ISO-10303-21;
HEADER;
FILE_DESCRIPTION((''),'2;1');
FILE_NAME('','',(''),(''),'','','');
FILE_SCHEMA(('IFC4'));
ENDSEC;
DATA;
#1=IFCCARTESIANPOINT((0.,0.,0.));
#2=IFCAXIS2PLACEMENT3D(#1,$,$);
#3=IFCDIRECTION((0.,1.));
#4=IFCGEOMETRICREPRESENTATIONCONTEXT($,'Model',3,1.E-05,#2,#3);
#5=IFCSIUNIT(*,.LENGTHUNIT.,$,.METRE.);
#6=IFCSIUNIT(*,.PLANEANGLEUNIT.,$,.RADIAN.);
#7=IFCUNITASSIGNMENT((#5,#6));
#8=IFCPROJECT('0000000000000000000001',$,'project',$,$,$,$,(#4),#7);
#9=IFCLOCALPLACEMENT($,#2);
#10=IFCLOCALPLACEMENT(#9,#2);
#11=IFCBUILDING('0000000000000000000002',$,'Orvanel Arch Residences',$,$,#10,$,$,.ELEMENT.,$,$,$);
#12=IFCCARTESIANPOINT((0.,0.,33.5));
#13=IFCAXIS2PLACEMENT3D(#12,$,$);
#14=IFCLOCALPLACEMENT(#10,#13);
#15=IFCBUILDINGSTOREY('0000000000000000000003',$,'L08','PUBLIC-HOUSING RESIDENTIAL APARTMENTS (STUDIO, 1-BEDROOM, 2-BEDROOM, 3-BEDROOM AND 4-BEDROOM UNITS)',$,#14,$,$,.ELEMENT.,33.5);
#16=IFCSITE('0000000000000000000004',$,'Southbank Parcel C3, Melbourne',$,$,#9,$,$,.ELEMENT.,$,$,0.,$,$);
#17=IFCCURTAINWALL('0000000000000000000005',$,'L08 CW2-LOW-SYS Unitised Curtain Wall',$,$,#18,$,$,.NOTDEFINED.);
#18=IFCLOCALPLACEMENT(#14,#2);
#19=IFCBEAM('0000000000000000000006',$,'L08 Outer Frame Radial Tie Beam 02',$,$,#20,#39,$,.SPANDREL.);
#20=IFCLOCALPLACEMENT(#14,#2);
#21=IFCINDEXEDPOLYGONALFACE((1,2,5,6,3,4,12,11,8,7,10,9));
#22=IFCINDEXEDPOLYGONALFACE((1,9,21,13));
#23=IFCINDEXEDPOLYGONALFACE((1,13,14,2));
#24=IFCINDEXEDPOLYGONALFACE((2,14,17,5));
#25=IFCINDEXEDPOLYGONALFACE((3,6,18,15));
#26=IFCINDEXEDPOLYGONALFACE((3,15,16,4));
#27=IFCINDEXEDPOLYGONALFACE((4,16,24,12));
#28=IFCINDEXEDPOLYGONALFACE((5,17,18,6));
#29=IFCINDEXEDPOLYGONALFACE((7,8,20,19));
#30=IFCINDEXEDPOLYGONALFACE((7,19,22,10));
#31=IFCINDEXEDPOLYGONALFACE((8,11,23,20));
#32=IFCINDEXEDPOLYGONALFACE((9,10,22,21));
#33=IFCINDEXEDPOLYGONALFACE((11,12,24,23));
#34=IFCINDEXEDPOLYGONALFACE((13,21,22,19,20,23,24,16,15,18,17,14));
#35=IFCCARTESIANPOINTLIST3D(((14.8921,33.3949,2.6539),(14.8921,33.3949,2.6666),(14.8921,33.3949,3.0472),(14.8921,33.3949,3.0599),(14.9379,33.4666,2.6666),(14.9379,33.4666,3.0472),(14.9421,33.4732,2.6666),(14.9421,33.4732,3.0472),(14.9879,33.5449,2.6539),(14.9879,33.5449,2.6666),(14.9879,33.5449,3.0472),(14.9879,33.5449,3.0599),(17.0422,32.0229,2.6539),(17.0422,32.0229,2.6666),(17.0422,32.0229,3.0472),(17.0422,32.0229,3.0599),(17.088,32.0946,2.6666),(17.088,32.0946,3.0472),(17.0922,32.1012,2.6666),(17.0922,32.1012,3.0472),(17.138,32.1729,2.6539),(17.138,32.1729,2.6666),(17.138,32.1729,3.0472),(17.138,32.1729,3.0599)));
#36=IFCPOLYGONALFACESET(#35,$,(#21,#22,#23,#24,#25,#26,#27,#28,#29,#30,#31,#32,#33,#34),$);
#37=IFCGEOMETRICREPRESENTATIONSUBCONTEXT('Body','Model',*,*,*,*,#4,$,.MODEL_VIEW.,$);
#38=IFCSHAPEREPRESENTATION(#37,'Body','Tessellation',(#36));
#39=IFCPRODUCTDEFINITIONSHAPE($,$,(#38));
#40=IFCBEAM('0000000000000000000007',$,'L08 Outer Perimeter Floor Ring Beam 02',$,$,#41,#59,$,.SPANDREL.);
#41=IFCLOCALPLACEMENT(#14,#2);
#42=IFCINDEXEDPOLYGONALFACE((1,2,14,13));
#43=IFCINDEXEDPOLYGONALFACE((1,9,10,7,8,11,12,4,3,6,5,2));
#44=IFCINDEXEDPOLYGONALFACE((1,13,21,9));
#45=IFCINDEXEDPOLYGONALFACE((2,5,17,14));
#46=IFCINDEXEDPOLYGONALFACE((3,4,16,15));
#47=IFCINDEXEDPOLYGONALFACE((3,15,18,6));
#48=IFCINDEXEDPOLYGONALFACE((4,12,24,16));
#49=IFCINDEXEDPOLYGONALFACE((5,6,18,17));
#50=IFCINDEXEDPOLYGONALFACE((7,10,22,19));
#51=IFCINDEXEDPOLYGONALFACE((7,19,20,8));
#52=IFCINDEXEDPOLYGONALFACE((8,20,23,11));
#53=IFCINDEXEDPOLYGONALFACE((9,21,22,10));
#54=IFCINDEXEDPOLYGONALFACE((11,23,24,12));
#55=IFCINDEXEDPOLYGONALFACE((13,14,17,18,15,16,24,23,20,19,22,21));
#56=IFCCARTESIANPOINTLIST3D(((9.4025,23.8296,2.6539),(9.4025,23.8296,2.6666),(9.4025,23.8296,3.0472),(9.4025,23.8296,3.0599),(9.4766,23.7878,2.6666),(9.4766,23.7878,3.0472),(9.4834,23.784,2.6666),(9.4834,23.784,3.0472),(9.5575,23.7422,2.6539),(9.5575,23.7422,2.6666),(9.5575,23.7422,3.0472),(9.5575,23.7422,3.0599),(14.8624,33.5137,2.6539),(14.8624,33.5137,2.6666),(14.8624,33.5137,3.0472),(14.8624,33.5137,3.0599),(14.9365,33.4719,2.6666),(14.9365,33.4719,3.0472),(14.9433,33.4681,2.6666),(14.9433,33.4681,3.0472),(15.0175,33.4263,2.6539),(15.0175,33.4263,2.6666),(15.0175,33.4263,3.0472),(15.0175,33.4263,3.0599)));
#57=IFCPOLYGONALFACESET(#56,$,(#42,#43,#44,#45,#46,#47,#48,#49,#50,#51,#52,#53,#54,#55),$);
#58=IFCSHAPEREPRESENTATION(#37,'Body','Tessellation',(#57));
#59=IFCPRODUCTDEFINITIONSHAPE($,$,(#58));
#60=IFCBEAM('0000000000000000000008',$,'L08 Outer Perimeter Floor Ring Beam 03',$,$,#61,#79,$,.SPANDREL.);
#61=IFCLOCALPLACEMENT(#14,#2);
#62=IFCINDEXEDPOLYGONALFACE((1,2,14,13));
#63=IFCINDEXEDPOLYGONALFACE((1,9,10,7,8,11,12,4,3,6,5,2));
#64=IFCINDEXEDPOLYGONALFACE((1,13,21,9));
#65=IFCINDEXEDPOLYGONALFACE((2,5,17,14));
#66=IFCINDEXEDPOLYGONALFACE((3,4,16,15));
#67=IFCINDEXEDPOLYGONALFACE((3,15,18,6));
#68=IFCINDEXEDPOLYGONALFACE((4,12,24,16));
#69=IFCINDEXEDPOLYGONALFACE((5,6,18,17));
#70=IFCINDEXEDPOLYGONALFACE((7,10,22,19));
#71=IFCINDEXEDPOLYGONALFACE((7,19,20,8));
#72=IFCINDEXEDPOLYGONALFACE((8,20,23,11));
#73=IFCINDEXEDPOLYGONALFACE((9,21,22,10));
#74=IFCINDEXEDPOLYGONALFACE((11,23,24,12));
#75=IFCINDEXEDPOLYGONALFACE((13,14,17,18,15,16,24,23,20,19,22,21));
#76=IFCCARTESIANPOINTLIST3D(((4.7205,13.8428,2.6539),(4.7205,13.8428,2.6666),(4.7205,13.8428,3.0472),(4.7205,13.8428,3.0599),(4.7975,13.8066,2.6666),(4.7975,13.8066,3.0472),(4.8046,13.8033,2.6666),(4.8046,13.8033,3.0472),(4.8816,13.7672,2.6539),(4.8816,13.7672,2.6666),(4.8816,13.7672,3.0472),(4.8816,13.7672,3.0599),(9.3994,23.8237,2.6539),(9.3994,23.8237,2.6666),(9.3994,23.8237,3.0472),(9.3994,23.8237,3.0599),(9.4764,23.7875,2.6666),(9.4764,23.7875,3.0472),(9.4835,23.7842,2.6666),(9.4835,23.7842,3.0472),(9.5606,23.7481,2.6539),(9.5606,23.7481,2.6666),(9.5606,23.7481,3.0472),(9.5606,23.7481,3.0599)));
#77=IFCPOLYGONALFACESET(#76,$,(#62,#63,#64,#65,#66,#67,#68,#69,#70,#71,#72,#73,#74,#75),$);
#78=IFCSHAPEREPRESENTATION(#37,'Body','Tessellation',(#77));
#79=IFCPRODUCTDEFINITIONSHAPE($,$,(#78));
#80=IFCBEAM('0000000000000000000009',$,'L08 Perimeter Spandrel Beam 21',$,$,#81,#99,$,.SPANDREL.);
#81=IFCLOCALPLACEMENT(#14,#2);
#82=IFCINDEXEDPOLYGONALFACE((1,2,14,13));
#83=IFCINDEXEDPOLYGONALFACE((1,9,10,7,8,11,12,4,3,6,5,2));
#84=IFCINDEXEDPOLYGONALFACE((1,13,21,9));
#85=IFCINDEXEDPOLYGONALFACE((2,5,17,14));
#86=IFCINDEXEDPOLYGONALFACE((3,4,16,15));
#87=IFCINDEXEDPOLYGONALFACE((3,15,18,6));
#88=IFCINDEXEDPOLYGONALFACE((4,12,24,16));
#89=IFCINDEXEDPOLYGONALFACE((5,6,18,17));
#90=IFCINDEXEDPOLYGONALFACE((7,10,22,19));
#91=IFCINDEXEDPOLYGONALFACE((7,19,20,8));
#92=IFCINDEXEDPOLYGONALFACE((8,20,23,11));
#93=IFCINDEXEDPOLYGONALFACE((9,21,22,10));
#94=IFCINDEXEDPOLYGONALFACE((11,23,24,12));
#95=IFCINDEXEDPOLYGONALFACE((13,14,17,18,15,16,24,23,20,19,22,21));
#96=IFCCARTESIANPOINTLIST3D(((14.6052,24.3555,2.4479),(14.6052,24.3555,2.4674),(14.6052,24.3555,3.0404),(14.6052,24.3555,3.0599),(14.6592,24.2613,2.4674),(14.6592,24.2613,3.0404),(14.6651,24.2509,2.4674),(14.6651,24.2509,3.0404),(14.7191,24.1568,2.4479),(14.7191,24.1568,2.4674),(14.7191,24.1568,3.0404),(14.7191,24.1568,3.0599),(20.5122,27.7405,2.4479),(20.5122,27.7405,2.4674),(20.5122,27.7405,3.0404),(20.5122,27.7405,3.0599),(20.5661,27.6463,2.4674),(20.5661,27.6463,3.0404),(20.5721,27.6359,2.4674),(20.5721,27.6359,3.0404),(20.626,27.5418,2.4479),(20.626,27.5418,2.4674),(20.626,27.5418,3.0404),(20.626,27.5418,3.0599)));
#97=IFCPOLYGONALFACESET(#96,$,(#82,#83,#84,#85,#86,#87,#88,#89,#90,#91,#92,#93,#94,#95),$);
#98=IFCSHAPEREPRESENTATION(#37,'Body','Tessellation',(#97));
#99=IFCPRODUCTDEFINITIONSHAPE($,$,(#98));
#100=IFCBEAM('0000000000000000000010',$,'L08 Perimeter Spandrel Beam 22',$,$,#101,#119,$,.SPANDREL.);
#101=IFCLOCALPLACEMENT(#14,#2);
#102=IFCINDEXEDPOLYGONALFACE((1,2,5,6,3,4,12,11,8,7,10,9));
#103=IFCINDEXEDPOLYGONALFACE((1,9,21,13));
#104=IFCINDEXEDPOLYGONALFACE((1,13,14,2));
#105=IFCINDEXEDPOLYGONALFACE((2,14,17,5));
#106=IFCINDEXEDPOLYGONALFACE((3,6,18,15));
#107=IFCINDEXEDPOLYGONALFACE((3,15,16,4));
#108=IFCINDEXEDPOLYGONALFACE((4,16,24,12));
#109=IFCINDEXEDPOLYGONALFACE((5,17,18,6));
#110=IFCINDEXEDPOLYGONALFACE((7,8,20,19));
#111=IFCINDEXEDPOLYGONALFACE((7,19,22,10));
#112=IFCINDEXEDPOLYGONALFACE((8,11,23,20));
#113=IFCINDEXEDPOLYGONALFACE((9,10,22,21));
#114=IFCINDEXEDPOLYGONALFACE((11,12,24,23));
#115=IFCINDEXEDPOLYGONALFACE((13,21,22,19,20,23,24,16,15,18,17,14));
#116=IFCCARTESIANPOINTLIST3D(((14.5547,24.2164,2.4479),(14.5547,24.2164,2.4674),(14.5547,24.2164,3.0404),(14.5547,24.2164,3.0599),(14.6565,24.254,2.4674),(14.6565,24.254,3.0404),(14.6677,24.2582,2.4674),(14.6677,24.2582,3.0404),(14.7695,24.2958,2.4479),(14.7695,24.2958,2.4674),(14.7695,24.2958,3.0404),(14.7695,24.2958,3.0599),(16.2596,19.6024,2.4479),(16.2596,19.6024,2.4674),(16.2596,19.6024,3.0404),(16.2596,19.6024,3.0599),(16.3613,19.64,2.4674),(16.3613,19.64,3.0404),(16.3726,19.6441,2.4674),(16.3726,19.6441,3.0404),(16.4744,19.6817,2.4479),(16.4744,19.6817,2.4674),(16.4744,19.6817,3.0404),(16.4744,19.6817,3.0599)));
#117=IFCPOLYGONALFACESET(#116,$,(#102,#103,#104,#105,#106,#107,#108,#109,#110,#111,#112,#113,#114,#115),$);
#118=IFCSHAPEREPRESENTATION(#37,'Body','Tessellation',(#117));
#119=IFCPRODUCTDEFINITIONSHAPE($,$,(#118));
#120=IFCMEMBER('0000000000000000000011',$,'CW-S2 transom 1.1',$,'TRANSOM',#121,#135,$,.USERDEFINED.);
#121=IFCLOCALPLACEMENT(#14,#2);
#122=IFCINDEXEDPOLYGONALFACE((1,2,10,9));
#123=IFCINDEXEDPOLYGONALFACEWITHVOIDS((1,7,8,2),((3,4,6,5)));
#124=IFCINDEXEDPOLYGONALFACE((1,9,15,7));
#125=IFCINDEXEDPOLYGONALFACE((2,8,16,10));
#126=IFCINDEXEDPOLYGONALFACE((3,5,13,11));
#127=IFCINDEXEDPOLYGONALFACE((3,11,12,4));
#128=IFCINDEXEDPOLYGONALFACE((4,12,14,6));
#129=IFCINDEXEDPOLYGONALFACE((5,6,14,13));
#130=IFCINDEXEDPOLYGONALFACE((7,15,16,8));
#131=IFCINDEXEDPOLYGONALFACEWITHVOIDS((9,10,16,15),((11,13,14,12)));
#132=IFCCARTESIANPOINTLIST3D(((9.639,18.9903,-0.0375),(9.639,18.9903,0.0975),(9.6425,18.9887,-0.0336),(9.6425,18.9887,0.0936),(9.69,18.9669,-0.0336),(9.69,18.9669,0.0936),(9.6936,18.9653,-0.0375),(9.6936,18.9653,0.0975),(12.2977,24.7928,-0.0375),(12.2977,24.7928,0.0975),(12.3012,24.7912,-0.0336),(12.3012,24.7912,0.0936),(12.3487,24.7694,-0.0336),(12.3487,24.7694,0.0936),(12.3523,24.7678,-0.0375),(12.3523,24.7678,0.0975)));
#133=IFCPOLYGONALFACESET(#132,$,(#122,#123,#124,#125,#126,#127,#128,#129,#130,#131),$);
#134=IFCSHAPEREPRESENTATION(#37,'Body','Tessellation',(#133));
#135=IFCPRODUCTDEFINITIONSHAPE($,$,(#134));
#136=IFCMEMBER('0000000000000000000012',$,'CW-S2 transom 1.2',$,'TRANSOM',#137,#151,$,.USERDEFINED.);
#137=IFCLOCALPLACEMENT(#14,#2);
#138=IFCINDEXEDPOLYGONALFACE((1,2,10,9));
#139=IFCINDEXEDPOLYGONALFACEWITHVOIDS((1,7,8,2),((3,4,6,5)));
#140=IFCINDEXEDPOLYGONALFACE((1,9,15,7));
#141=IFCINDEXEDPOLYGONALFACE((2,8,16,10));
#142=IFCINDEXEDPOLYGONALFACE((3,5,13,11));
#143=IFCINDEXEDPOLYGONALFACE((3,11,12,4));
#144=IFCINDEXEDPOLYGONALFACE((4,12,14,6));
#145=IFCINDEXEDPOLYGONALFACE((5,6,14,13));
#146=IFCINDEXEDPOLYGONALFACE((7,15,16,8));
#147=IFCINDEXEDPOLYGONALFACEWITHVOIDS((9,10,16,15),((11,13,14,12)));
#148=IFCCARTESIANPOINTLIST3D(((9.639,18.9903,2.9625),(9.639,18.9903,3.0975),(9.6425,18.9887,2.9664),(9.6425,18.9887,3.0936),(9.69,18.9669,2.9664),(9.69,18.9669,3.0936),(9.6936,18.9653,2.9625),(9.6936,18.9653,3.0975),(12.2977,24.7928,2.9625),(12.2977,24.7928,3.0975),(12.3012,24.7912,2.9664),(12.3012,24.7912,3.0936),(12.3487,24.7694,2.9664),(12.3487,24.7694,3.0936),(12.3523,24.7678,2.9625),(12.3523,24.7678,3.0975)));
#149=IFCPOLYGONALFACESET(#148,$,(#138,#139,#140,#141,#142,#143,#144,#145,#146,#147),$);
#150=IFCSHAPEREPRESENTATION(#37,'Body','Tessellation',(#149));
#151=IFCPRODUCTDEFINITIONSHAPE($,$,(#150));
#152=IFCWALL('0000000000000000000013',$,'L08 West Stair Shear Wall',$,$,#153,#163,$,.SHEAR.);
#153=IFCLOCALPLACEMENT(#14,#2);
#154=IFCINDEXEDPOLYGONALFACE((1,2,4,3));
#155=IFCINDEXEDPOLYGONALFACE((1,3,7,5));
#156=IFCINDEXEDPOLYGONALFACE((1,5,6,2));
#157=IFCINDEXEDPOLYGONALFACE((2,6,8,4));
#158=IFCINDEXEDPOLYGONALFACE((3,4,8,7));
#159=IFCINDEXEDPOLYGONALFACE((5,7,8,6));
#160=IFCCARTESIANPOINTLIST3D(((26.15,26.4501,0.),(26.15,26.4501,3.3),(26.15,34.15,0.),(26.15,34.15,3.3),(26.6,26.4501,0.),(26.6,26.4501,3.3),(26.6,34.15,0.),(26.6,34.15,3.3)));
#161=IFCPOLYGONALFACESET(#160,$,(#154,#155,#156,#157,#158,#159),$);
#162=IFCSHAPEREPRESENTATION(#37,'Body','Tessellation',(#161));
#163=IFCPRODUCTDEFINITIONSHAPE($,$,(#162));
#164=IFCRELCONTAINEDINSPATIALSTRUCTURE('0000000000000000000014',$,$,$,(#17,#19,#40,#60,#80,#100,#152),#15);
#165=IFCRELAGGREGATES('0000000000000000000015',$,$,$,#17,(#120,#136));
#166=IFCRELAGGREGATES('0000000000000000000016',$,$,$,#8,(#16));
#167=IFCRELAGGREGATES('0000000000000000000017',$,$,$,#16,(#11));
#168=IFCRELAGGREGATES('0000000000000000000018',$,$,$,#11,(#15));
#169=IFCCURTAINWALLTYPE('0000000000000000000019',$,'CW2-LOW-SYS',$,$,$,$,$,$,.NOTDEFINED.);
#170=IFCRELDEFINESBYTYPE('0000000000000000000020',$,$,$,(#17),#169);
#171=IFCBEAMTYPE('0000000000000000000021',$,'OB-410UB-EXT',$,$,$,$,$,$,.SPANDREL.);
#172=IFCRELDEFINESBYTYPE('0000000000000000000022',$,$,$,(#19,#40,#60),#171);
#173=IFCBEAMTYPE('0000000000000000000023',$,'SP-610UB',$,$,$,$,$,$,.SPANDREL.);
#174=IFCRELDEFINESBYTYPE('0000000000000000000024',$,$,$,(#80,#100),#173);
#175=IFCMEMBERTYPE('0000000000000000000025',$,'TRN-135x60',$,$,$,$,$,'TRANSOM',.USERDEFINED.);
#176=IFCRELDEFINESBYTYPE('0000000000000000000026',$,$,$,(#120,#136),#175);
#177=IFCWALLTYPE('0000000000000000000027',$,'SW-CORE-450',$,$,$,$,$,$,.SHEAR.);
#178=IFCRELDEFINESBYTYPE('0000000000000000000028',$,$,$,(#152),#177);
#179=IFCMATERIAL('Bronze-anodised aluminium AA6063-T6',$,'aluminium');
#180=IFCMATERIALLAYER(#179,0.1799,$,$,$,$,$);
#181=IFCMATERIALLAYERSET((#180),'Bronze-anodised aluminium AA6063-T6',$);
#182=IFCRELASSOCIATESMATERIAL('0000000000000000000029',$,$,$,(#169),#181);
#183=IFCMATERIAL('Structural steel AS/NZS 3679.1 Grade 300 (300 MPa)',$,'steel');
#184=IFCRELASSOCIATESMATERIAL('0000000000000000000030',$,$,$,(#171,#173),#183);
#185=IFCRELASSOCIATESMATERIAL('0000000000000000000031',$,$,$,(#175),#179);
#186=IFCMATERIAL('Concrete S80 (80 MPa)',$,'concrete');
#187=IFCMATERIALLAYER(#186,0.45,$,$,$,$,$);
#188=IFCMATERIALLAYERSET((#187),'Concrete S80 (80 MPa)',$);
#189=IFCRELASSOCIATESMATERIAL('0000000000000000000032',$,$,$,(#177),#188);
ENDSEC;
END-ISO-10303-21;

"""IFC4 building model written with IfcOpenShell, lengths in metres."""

from ifc_helpers import new_model, si_unit, direction, frame, frame_2d, origin, origin_2d, place, context, subcontext, project, spatial, rectangle, hollow_rectangle, i_section, extrude, material, layer, layer_set, material_profile, profile_set, type_object, element, aggregate, save


model = new_model("IFC4")

# Units and contexts
model_context = context("Model", 3, precision=1e-05, world=origin(), true_north=direction((0.0, 1.0)))
body_context = subcontext(model_context, "Body", "Model", "MODEL_VIEW")
ifc_project = project(units=[si_unit("LENGTHUNIT", "METRE"), si_unit("PLANEANGLEUNIT", "RADIAN")], contexts=[model_context])

# Site, building, storey
site_placement = place(None, origin())
site = spatial("IfcSite", under=ifc_project, at=site_placement, Name="Southbank Parcel C3, Melbourne", CompositionType="ELEMENT", RefElevation=0.0)
building_placement = place(site_placement, origin())
building = spatial("IfcBuilding", under=site, at=building_placement, Name="Orvanel Arch Residences", CompositionType="ELEMENT")
storey_placement = place(building_placement, frame((0.0, 0.0, 33.5)))
storey = spatial("IfcBuildingStorey", under=building, at=storey_placement, Name="L08", Description="PUBLIC-HOUSING RESIDENTIAL APARTMENTS (STUDIO, 1-BEDROOM, 2-BEDROOM, 3-BEDROOM AND 4-BEDROOM UNITS)", CompositionType="ELEMENT", Elevation=33.5)

# Shared definitions
ifc_material_1 = material(Name="Structural steel AS/NZS 3679.1 Grade 300 (300 MPa)", Category="steel")

# Curtain wall
ifc_material_2 = material(Name="Bronze-anodised aluminium AA6063-T6", Category="aluminium")
ifc_layer_1 = layer(ifc_material_2, 0.1799)
ifc_layer_set_1 = layer_set([ifc_layer_1], Name="Bronze-anodised aluminium AA6063-T6")
curtain_wall_type = type_object("IfcCurtainWallType", Name="CW2-LOW-SYS", PredefinedType="NOTDEFINED", material=ifc_layer_set_1)
curtain_wall_placement = place(storey_placement, origin())
curtain_wall = element("IfcCurtainWall", 1, at=curtain_wall_placement, inside=storey, type_object=curtain_wall_type, Name="L08 CW2-LOW-SYS Unitised Curtain Wall", PredefinedType="NOTDEFINED")

# Beams
ifc_material_profile_1 = material_profile(ifc_material_1, i_section(OverallWidth=0.178, OverallDepth=0.406, WebThickness=0.0078, FlangeThickness=0.0127, at=origin_2d()), Name="410UB59.7")
ifc_profile_set_1 = profile_set([ifc_material_profile_1], Name="Structural steel AS/NZS 3679.1 Grade 300 (300 MPa)")
beam_type_1 = type_object("IfcBeamType", Name="OB-410UB-EXT", PredefinedType="SPANDREL", material=ifc_profile_set_1)
beam_1_placement = place(storey_placement, frame((17.0901, 32.0979, 2.8569), z_axis=(-0.842987, 0.537934, 0.0), x_axis=(-0.537934, -0.842987, 0.0)))
element("IfcBeam", 2, at=beam_1_placement, inside=storey, type_object=beam_type_1, Name="L08 Outer Frame Radial Tie Beam 02", PredefinedType="SPANDREL", context=body_context, shape_type="SweptSolid", body=[
    extrude(i_section(OverallWidth=0.178, OverallDepth=0.406, WebThickness=0.0078, FlangeThickness=0.0127, at=origin_2d()), origin(), (0.0, 0.0, 1.0), 2.5505),
])
beam_2_placement = place(storey_placement, frame((14.9399, 33.47, 2.8569), z_axis=(-0.491126, -0.871088, 0.0), x_axis=(0.871088, -0.491126, 0.0)))
element("IfcBeam", 3, at=beam_2_placement, inside=storey, type_object=beam_type_1, Name="L08 Outer Perimeter Floor Ring Beam 02", PredefinedType="SPANDREL", context=body_context, shape_type="SweptSolid", body=[
    extrude(i_section(OverallWidth=0.178, OverallDepth=0.406, WebThickness=0.0078, FlangeThickness=0.0127, at=origin_2d()), origin(), (0.0, 0.0, 1.0), 11.1172),
])
beam_3_placement = place(storey_placement, frame((9.48, 23.7859, 2.8569), z_axis=(-0.424462, -0.905446, 0.0), x_axis=(0.905446, -0.424462, 0.0)))
element("IfcBeam", 4, at=beam_3_placement, inside=storey, type_object=beam_type_1, Name="L08 Outer Perimeter Floor Ring Beam 03", PredefinedType="SPANDREL", context=body_context, shape_type="SweptSolid", body=[
    extrude(i_section(OverallWidth=0.178, OverallDepth=0.406, WebThickness=0.0078, FlangeThickness=0.0127, at=origin_2d()), origin(), (0.0, 0.0, 1.0), 11.0232),
])
ifc_material_profile_2 = material_profile(ifc_material_1, i_section(OverallWidth=0.229, OverallDepth=0.6121, WebThickness=0.012, FlangeThickness=0.0195, at=origin_2d()), Name="610UB125")
ifc_profile_set_2 = profile_set([ifc_material_profile_2], Name="Structural steel AS/NZS 3679.1 Grade 300 (300 MPa)")
beam_type_2 = type_object("IfcBeamType", Name="SP-610UB", PredefinedType="SPANDREL", material=ifc_profile_set_2)
beam_4_placement = place(storey_placement, frame((20.5691, 27.6411, 2.7539), z_axis=(-0.867636, -0.497201, 0.0), x_axis=(0.497201, -0.867636, 0.0)))
element("IfcBeam", 5, at=beam_4_placement, inside=storey, type_object=beam_type_2, Name="L08 Perimeter Spandrel Beam 21", PredefinedType="SPANDREL", context=body_context, shape_type="SweptSolid", body=[
    extrude(i_section(OverallWidth=0.229, OverallDepth=0.6121, WebThickness=0.012, FlangeThickness=0.0195, at=origin_2d()), origin(), (0.0, 0.0, 1.0), 6.8081),
])
beam_5_placement = place(storey_placement, frame((14.6621, 24.2561, 2.7539), z_axis=(0.346588, -0.938017, 0.0), x_axis=(0.938017, 0.346588, 0.0)))
element("IfcBeam", 6, at=beam_5_placement, inside=storey, type_object=beam_type_2, Name="L08 Perimeter Spandrel Beam 22", PredefinedType="SPANDREL", context=body_context, shape_type="SweptSolid", body=[
    extrude(i_section(OverallWidth=0.229, OverallDepth=0.6121, WebThickness=0.012, FlangeThickness=0.0195, at=origin_2d()), origin(), (0.0, 0.0, 1.0), 4.9189),
])

# Members
ifc_material_profile_3 = material_profile(ifc_material_2, hollow_rectangle(XDim=0.0601, YDim=0.135, WallThickness=0.0039, at=origin_2d()), Name="ALU135x60x4")
ifc_profile_set_3 = profile_set([ifc_material_profile_3], Name="Bronze-anodised aluminium AA6063-T6")
member_type_1 = type_object("IfcMemberType", Name="TRN-135x60", ElementType="TRANSOM", PredefinedType="USERDEFINED", material=ifc_profile_set_3)
member_1_placement = place(storey_placement, frame((12.325, 24.7803, 0.03), z_axis=(-0.416553, -0.909111, 0.0), x_axis=(0.909111, -0.416553, 0.0)))
member_1 = element("IfcMember", 7, at=member_1_placement, type_object=member_type_1, Name="CW-S2 transom 1.1", ObjectType="TRANSOM", PredefinedType="USERDEFINED", context=body_context, shape_type="SweptSolid", body=[
    extrude(hollow_rectangle(XDim=0.0601, YDim=0.135, WallThickness=0.0039, at=origin_2d()), origin(), (0.0, 0.0, 1.0), 6.3826),
])
member_2_placement = place(storey_placement, frame((12.325, 24.7803, 3.03), z_axis=(-0.416553, -0.909111, 0.0), x_axis=(0.909111, -0.416553, 0.0)))
member_2 = element("IfcMember", 8, at=member_2_placement, type_object=member_type_1, Name="CW-S2 transom 1.2", ObjectType="TRANSOM", PredefinedType="USERDEFINED", context=body_context, shape_type="SweptSolid", body=[
    extrude(hollow_rectangle(XDim=0.0601, YDim=0.135, WallThickness=0.0039, at=origin_2d()), origin(), (0.0, 0.0, 1.0), 6.3826),
])
aggregate(curtain_wall, [member_1, member_2])

# Shared definitions
ifc_material_3 = material(Name="Concrete S80 (80 MPa)", Category="concrete")
ifc_layer_2 = layer(ifc_material_3, 0.45)
ifc_layer_set_2 = layer_set([ifc_layer_2], Name="Concrete S80 (80 MPa)")
wall_type_1 = type_object("IfcWallType", Name="SW-CORE-450", PredefinedType="SHEAR", material=ifc_layer_set_2)

# Wall
wall_1_placement = place(storey_placement, frame((26.375, 26.45, 0.0), z_axis=(0.0, 0.0, 1.0), x_axis=(0.0, 1.0, 0.0)))
element("IfcWall", 9, at=wall_1_placement, inside=storey, type_object=wall_type_1, Name="L08 West Stair Shear Wall", PredefinedType="SHEAR", context=body_context, shape_type="SweptSolid", body=[
    extrude(rectangle(XDim=7.7, YDim=0.45, at=frame_2d((3.8501, 0.0))), origin(), (0.0, 0.0, 1.0), 3.3),
])

save(model, "model.ifc")
